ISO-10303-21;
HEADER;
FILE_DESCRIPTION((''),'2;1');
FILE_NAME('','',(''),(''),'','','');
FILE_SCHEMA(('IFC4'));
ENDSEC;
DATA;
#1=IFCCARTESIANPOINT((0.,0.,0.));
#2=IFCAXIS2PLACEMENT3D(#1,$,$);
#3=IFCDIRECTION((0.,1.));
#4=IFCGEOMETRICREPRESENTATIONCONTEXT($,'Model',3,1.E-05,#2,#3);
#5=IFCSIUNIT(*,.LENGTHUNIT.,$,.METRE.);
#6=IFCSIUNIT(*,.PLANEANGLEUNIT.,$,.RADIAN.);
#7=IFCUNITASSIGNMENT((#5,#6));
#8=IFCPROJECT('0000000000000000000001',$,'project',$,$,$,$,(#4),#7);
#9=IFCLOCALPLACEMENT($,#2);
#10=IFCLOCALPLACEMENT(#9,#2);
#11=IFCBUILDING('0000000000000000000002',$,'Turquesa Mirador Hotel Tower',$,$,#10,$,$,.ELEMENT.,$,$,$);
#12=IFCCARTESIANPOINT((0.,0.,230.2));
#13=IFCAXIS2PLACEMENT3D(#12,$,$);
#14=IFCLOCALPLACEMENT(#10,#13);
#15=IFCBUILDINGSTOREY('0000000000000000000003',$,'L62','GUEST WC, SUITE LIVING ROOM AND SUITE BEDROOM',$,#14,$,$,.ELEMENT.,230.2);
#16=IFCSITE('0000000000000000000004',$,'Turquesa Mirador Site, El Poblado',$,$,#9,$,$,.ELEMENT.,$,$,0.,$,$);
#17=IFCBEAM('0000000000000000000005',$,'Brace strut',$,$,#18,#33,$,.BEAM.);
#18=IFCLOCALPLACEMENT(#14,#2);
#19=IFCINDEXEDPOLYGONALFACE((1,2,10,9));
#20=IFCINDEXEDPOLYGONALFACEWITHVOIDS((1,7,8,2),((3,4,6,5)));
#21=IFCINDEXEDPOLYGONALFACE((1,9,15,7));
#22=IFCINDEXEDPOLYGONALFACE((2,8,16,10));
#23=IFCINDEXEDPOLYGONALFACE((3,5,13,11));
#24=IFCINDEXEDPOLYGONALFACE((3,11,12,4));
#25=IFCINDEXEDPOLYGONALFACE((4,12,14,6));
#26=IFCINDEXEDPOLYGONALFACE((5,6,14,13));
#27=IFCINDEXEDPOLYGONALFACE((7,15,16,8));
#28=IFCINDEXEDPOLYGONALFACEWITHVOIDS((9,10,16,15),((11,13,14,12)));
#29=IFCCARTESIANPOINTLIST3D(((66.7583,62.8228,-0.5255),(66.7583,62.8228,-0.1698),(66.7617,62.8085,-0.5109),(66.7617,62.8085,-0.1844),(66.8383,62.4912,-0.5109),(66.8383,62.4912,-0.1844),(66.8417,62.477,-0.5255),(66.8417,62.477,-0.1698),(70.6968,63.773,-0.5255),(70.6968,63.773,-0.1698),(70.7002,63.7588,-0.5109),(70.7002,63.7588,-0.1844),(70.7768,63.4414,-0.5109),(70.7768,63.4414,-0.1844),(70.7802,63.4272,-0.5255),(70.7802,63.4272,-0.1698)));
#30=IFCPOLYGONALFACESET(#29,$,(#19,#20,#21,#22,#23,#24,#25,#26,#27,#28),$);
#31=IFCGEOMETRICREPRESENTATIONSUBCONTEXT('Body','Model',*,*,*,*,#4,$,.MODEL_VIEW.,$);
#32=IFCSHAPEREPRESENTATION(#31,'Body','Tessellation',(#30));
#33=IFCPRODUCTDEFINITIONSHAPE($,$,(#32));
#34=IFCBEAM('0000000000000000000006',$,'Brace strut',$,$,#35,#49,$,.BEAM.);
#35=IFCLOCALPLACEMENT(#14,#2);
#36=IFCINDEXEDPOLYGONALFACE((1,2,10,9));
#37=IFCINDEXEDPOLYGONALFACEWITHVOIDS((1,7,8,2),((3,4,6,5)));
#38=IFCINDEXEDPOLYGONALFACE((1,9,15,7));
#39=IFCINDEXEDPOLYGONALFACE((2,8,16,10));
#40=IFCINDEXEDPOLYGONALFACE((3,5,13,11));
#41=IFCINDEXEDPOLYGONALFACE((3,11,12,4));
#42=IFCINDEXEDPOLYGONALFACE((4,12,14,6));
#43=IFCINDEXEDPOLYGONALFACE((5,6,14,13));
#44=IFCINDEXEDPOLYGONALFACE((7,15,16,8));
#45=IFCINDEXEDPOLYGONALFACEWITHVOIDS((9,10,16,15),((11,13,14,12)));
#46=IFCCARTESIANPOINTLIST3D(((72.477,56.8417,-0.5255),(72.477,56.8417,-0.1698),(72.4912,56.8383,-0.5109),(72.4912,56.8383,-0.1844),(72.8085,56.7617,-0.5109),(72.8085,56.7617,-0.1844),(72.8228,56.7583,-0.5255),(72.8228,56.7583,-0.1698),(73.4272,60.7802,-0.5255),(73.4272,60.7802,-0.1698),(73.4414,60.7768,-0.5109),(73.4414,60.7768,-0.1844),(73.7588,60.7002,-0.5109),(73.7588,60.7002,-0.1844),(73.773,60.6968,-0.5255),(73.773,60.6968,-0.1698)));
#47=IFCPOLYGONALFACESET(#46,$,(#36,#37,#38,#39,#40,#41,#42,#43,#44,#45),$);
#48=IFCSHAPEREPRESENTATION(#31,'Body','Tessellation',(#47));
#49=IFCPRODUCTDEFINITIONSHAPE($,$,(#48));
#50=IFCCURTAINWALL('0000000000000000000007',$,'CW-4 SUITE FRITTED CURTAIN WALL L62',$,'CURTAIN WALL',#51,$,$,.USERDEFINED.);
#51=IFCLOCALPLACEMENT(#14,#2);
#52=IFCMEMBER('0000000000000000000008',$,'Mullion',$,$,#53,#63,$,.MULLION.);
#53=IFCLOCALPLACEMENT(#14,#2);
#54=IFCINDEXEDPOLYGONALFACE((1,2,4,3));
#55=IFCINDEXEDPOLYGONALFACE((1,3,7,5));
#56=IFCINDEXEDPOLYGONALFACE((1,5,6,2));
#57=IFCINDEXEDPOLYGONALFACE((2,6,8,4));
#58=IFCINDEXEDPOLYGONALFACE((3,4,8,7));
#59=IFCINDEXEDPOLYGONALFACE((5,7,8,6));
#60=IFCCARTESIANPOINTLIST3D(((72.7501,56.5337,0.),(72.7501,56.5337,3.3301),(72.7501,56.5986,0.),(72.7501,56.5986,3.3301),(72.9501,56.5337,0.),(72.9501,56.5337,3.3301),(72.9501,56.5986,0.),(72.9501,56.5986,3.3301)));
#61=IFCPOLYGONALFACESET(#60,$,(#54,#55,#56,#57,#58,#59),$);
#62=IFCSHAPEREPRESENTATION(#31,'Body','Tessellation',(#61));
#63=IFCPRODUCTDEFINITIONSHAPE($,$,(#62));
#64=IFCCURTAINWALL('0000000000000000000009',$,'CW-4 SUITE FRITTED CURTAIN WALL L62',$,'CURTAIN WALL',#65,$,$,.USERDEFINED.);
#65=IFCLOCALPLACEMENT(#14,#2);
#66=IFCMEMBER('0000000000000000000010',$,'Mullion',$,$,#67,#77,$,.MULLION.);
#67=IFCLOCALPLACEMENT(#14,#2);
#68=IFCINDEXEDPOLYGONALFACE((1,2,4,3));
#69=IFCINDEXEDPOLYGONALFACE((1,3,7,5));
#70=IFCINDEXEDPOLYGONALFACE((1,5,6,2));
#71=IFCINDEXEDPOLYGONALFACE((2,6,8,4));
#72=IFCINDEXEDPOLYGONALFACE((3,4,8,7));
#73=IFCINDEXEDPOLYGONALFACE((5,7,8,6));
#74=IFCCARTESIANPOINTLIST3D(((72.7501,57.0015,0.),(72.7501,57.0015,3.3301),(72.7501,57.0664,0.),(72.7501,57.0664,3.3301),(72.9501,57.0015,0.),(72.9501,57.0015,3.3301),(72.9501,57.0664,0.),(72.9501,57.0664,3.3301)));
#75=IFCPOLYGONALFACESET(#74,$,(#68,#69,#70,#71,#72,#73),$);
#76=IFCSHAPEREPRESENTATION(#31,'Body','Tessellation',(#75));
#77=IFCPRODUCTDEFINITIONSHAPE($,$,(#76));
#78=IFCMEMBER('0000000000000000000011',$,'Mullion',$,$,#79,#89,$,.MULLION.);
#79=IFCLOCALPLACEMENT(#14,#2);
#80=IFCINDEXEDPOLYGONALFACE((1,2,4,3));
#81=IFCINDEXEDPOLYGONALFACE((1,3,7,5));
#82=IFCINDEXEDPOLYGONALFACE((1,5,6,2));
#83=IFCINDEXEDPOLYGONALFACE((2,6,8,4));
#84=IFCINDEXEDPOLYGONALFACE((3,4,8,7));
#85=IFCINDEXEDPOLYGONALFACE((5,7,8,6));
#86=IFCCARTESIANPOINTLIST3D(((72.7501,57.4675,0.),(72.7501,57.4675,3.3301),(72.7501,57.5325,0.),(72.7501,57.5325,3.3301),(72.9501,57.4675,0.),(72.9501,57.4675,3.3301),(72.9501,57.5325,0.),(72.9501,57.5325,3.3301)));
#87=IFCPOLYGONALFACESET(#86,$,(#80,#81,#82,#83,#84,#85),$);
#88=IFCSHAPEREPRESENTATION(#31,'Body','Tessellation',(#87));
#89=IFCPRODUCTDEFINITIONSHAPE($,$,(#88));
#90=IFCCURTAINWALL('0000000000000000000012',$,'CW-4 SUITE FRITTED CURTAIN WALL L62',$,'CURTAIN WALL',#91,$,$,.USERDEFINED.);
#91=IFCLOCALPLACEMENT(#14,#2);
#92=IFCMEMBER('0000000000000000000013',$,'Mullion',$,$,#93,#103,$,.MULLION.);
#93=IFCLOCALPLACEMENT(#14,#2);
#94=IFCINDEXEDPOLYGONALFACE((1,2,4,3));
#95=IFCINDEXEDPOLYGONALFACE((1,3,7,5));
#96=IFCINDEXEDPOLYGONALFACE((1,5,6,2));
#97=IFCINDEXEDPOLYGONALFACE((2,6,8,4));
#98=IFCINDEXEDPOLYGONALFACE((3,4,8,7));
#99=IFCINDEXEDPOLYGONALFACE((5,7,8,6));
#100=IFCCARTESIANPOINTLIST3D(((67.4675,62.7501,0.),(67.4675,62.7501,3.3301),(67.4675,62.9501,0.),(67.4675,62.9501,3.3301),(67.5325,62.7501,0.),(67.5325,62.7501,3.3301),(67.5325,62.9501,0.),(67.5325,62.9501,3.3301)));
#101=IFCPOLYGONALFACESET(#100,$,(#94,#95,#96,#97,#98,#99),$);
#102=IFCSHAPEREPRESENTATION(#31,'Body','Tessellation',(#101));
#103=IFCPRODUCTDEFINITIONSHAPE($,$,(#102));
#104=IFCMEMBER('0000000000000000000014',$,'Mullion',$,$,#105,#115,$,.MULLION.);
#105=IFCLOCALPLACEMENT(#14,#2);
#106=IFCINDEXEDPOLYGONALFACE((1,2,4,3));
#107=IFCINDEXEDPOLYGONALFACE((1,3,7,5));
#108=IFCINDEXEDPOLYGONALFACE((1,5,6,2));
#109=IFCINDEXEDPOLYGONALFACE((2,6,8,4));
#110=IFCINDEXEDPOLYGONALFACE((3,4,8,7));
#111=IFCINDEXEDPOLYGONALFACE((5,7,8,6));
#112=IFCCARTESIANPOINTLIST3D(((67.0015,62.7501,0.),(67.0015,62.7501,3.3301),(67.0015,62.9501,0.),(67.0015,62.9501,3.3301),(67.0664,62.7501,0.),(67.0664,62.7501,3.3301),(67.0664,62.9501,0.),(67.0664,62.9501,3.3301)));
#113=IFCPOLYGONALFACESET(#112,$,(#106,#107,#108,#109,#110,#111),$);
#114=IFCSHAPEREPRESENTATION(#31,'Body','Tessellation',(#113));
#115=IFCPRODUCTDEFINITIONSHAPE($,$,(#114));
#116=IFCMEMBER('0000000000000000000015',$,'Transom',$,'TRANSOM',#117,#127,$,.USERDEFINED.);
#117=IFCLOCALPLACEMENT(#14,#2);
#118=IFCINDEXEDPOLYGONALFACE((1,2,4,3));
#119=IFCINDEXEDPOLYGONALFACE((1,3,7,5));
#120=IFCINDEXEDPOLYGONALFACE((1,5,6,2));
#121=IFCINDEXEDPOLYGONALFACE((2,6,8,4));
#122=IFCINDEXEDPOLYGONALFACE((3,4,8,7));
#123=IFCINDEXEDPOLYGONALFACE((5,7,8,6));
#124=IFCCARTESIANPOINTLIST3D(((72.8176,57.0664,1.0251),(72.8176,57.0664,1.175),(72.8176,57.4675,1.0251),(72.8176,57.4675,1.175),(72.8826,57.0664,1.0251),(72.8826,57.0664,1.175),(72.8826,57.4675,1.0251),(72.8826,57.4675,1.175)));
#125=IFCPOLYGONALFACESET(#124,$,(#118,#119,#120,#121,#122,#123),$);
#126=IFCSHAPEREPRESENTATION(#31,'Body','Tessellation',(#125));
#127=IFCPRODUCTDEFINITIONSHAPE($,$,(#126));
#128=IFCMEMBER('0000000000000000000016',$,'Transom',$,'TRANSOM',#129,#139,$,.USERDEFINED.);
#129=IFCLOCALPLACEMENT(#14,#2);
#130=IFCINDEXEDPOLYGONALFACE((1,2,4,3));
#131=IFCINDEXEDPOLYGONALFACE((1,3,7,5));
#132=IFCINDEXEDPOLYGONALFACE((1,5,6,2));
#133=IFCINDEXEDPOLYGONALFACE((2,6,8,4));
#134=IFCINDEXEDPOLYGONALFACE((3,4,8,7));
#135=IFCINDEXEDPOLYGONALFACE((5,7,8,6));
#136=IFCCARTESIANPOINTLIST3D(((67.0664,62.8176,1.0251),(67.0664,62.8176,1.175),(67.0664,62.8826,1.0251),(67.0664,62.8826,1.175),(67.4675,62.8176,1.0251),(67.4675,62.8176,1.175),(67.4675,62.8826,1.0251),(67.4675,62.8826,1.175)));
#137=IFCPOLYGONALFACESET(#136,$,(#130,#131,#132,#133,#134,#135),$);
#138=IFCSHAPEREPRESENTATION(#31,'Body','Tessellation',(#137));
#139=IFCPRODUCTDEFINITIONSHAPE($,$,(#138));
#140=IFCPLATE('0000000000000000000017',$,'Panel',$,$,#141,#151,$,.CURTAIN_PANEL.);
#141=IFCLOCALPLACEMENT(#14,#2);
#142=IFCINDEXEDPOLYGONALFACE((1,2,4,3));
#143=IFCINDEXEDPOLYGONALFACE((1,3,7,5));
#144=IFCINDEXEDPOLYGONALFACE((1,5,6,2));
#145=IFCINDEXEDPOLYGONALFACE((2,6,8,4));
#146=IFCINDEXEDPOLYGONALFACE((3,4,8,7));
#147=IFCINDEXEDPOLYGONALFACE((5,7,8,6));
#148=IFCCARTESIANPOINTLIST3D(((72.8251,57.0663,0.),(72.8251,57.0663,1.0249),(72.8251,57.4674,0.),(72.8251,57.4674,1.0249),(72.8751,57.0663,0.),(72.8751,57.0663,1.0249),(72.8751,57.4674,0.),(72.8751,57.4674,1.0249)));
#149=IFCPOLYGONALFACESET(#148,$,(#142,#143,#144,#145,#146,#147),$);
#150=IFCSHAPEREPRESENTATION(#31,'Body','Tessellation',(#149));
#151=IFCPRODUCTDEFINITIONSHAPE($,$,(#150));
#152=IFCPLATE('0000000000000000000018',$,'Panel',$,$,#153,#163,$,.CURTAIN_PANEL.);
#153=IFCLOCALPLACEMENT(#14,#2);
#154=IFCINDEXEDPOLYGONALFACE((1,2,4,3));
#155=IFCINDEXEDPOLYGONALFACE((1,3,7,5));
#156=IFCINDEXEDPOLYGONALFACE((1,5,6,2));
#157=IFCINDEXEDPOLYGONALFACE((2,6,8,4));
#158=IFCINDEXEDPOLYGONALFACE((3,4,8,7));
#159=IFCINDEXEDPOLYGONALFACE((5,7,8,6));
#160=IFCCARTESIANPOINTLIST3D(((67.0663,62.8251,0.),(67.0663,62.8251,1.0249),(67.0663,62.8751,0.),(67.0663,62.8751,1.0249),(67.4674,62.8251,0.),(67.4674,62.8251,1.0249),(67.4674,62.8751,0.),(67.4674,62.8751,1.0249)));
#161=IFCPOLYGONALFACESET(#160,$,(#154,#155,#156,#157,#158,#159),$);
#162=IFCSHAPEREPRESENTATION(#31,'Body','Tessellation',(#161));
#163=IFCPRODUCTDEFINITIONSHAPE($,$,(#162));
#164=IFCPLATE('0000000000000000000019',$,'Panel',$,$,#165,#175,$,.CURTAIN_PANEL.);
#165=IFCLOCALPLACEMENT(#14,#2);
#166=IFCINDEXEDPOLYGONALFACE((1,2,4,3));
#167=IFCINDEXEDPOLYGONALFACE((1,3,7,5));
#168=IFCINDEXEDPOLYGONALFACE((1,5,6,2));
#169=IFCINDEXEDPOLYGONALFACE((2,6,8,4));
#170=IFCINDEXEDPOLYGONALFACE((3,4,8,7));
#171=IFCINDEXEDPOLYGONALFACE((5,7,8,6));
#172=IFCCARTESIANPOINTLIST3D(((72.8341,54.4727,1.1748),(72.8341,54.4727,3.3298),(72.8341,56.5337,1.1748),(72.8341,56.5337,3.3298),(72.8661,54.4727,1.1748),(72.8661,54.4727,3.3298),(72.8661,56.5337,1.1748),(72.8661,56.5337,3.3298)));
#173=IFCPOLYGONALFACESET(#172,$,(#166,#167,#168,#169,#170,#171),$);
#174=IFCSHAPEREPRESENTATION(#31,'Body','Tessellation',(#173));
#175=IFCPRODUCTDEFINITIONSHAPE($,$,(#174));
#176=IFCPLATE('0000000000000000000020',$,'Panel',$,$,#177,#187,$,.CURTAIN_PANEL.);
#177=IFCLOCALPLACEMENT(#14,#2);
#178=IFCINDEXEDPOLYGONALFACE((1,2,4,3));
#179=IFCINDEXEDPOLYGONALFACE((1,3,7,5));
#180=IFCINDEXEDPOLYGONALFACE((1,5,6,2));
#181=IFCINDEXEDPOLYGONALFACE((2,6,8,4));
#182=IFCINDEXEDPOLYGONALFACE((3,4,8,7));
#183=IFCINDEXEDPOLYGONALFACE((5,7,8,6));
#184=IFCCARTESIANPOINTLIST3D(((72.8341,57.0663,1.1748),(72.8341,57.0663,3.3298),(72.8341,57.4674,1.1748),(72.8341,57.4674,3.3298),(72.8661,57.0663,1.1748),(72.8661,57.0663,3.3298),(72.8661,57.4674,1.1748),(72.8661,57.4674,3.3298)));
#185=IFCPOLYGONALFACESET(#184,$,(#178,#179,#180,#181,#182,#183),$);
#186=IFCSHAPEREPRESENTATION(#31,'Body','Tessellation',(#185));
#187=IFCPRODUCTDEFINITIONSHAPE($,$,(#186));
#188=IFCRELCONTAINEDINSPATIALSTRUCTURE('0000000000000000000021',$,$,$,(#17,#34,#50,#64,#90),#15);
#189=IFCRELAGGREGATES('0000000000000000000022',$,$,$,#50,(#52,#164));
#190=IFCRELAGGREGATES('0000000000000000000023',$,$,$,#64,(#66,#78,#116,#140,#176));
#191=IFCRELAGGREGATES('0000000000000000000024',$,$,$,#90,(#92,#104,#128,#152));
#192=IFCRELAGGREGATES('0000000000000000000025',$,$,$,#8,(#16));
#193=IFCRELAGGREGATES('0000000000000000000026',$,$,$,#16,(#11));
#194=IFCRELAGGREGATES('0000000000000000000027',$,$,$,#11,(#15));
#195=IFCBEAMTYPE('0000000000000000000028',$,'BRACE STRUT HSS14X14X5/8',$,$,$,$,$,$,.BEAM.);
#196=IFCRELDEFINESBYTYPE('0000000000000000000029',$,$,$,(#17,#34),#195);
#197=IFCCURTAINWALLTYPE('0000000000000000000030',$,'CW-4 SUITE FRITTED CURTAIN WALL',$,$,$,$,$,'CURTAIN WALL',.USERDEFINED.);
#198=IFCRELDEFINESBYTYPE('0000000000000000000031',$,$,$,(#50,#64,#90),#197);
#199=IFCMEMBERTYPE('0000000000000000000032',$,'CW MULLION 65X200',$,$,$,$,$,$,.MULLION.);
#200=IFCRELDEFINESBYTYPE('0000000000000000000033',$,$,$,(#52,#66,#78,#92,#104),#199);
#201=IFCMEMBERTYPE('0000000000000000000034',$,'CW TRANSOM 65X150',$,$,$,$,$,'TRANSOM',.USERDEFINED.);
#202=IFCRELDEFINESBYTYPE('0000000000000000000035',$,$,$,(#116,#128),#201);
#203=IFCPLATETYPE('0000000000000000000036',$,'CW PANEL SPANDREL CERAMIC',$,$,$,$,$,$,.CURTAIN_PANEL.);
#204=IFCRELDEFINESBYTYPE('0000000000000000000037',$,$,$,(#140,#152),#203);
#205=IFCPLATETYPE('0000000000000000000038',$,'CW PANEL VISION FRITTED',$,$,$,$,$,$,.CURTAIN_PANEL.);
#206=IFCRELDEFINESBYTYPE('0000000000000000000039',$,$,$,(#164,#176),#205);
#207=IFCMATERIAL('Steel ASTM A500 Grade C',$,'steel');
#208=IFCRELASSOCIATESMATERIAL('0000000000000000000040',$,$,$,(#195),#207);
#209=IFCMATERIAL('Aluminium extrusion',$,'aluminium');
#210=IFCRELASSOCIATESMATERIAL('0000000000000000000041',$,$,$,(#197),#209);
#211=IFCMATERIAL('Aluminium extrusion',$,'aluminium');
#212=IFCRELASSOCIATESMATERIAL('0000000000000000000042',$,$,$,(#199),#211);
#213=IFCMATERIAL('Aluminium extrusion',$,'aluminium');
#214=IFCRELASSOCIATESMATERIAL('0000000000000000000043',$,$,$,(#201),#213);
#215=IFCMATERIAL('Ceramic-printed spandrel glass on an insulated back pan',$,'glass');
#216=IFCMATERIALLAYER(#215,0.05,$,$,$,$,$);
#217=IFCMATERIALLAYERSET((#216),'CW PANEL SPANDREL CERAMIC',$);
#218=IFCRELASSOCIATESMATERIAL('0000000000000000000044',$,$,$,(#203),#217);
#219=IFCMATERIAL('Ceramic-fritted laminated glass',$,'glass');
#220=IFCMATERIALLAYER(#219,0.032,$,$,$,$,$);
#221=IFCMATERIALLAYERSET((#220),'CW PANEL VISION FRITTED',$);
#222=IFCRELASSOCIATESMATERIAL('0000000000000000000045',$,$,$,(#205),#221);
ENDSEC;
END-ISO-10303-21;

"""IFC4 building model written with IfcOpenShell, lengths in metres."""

from ifc_helpers import new_model, si_unit, direction, frame, origin, origin_2d, place, context, subcontext, project, spatial, rectangle, hollow_rectangle, extrude, material, layer, layer_set, material_profile, profile_set, type_object, element, aggregate, save


model = new_model("IFC4")

# Units and contexts
model_context = context("Model", 3, precision=1e-05, world=origin(), true_north=direction((0.0, 1.0)))
body_context = subcontext(model_context, "Body", "Model", "MODEL_VIEW")
ifc_project = project(units=[si_unit("LENGTHUNIT", "METRE"), si_unit("PLANEANGLEUNIT", "RADIAN")], contexts=[model_context])

# Site, building, storey
site_placement = place(None, origin())
site = spatial("IfcSite", under=ifc_project, at=site_placement, Name="Turquesa Mirador Site, El Poblado", CompositionType="ELEMENT", RefElevation=0.0)
building_placement = place(site_placement, origin())
building = spatial("IfcBuilding", under=site, at=building_placement, Name="Turquesa Mirador Hotel Tower", CompositionType="ELEMENT")
storey_placement = place(building_placement, frame((0.0, 0.0, 230.2)))
storey = spatial("IfcBuildingStorey", under=building, at=storey_placement, Name="L62", Description="GUEST WC, SUITE LIVING ROOM AND SUITE BEDROOM", CompositionType="ELEMENT", Elevation=230.2)

# Beams
ifc_material_1 = material(Name="Steel ASTM A500 Grade C", Category="steel")
ifc_material_profile_1 = material_profile(ifc_material_1, hollow_rectangle(XDim=0.3557, YDim=0.3557, WallThickness=0.0146, at=origin_2d()), Name="HSS14X14X5/8")
ifc_profile_set_1 = profile_set([ifc_material_profile_1], Name="Steel ASTM A500 Grade C")
beam_type_1 = type_object("IfcBeamType", Name="BRACE STRUT HSS14X14X5/8", PredefinedType="BEAM", material=ifc_profile_set_1)
for number, where, z_axis, x_axis, name in (
    (1, (70.7385, 63.6001, -0.3477), (-0.972109, -0.234531, 0.0), (0.234531, -0.972109, 0.0), "Brace strut"),
    (2, (73.6001, 60.7385, -0.3477), (-0.234531, -0.972109, 0.0), (0.972109, -0.234531, 0.0), "Brace strut"),
):
    element("IfcBeam", number, at=place(storey_placement, frame(where, z_axis=z_axis, x_axis=x_axis)), inside=storey, type_object=beam_type_1, Name=name, PredefinedType="BEAM", context=body_context, shape_type="SweptSolid", body=[
        extrude(hollow_rectangle(XDim=0.3557, YDim=0.3557, WallThickness=0.0146, at=origin_2d()), origin(), (0.0, 0.0, 1.0), 4.0515),
    ])

# Curtain wall, member
ifc_material_2 = material(Name="Aluminium extrusion", Category="aluminium")
curtain_wall_type = type_object("IfcCurtainWallType", Name="CW-4 SUITE FRITTED CURTAIN WALL", ElementType="CURTAIN WALL", PredefinedType="USERDEFINED", material=ifc_material_2)
curtain_wall_1_placement = place(storey_placement, origin())
curtain_wall_1 = element("IfcCurtainWall", 3, at=curtain_wall_1_placement, inside=storey, type_object=curtain_wall_type, Name="CW-4 SUITE FRITTED CURTAIN WALL L62", ObjectType="CURTAIN WALL", PredefinedType="USERDEFINED")
ifc_material_3 = material(Name="Aluminium extrusion", Category="aluminium")
ifc_material_profile_2 = material_profile(ifc_material_3, rectangle(XDim=0.0649, YDim=0.2, at=origin_2d()), Name="MULLION 65X200")
ifc_profile_set_2 = profile_set([ifc_material_profile_2], Name="Aluminium extrusion")
member_type_1 = type_object("IfcMemberType", Name="CW MULLION 65X200", PredefinedType="MULLION", material=ifc_profile_set_2)
member_1_placement = place(storey_placement, frame((72.8501, 56.5662, 0.0), z_axis=(0.0, 0.0, 1.0), x_axis=(0.0, 1.0, 0.0)))
member_1 = element("IfcMember", 4, at=member_1_placement, type_object=member_type_1, Name="Mullion", PredefinedType="MULLION", context=body_context, shape_type="SweptSolid", body=[
    extrude(rectangle(XDim=0.0649, YDim=0.2, at=origin_2d()), origin(), (0.0, 0.0, 1.0), 3.3301),
])

# Curtain walls, members
curtain_wall_2_placement = place(storey_placement, origin())
curtain_wall_2 = element("IfcCurtainWall", 5, at=curtain_wall_2_placement, inside=storey, type_object=curtain_wall_type, Name="CW-4 SUITE FRITTED CURTAIN WALL L62", ObjectType="CURTAIN WALL", PredefinedType="USERDEFINED")
member_2_placement = place(storey_placement, frame((72.8501, 57.0339, 0.0), z_axis=(0.0, 0.0, 1.0), x_axis=(0.0, 1.0, 0.0)))
member_2 = element("IfcMember", 6, at=member_2_placement, type_object=member_type_1, Name="Mullion", PredefinedType="MULLION", context=body_context, shape_type="SweptSolid", body=[
    extrude(rectangle(XDim=0.0649, YDim=0.2, at=origin_2d()), origin(), (0.0, 0.0, 1.0), 3.3301),
])
member_3_placement = place(storey_placement, frame((72.8501, 57.5, 0.0), z_axis=(0.0, 0.0, 1.0), x_axis=(0.0, 1.0, 0.0)))
member_3 = element("IfcMember", 7, at=member_3_placement, type_object=member_type_1, Name="Mullion", PredefinedType="MULLION", context=body_context, shape_type="SweptSolid", body=[
    extrude(rectangle(XDim=0.0649, YDim=0.2, at=origin_2d()), origin(), (0.0, 0.0, 1.0), 3.3301),
])
curtain_wall_3_placement = place(storey_placement, origin())
curtain_wall_3 = element("IfcCurtainWall", 8, at=curtain_wall_3_placement, inside=storey, type_object=curtain_wall_type, Name="CW-4 SUITE FRITTED CURTAIN WALL L62", ObjectType="CURTAIN WALL", PredefinedType="USERDEFINED")
member_4_placement = place(storey_placement, frame((67.5, 62.8501, 0.0), z_axis=(0.0, 0.0, 1.0), x_axis=(-1.0, 0.0, 0.0)))
member_4 = element("IfcMember", 9, at=member_4_placement, type_object=member_type_1, Name="Mullion", PredefinedType="MULLION", context=body_context, shape_type="SweptSolid", body=[
    extrude(rectangle(XDim=0.0649, YDim=0.2, at=origin_2d()), origin(), (0.0, 0.0, 1.0), 3.3301),
])
member_5_placement = place(storey_placement, frame((67.0339, 62.8501, 0.0), z_axis=(0.0, 0.0, 1.0), x_axis=(-1.0, 0.0, 0.0)))
member_5 = element("IfcMember", 10, at=member_5_placement, type_object=member_type_1, Name="Mullion", PredefinedType="MULLION", context=body_context, shape_type="SweptSolid", body=[
    extrude(rectangle(XDim=0.0649, YDim=0.2, at=origin_2d()), origin(), (0.0, 0.0, 1.0), 3.3301),
])

# Members
ifc_material_4 = material(Name="Aluminium extrusion", Category="aluminium")
ifc_material_profile_3 = material_profile(ifc_material_4, rectangle(XDim=0.0649, YDim=0.1499, at=origin_2d()), Name="TRANSOM 65X150")
ifc_profile_set_3 = profile_set([ifc_material_profile_3], Name="Aluminium extrusion")
member_type_2 = type_object("IfcMemberType", Name="CW TRANSOM 65X150", ElementType="TRANSOM", PredefinedType="USERDEFINED", material=ifc_profile_set_3)
member_6_placement = place(storey_placement, frame((72.8501, 57.0664, 1.1001), z_axis=(0.0, 1.0, 0.0), x_axis=(-1.0, 0.0, 0.0)))
member_6 = element("IfcMember", 11, at=member_6_placement, type_object=member_type_2, Name="Transom", ObjectType="TRANSOM", PredefinedType="USERDEFINED", context=body_context, shape_type="SweptSolid", body=[
    extrude(rectangle(XDim=0.0649, YDim=0.1499, at=origin_2d()), origin(), (0.0, 0.0, 1.0), 0.4011),
])
member_7_placement = place(storey_placement, frame((67.4675, 62.8501, 1.1001), z_axis=(-1.0, 0.0, 0.0), x_axis=(0.0, -1.0, 0.0)))
member_7 = element("IfcMember", 12, at=member_7_placement, type_object=member_type_2, Name="Transom", ObjectType="TRANSOM", PredefinedType="USERDEFINED", context=body_context, shape_type="SweptSolid", body=[
    extrude(rectangle(XDim=0.0649, YDim=0.1499, at=origin_2d()), origin(), (0.0, 0.0, 1.0), 0.4011),
])

# Plates
ifc_material_5 = material(Name="Ceramic-printed spandrel glass on an insulated back pan", Category="glass")
ifc_layer_1 = layer(ifc_material_5, 0.05)
ifc_layer_set_1 = layer_set([ifc_layer_1], Name="CW PANEL SPANDREL CERAMIC")
plate_type_1 = type_object("IfcPlateType", Name="CW PANEL SPANDREL CERAMIC", PredefinedType="CURTAIN_PANEL", material=ifc_layer_set_1)
plate_1_placement = place(storey_placement, frame((72.8501, 57.2668, 0.0), z_axis=(0.0, 0.0, 1.0), x_axis=(0.0, 1.0, 0.0)))
plate_1 = element("IfcPlate", 13, at=plate_1_placement, type_object=plate_type_1, Name="Panel", PredefinedType="CURTAIN_PANEL", context=body_context, shape_type="SweptSolid", body=[
    extrude(rectangle(XDim=0.4011, YDim=0.05, at=origin_2d()), origin(), (0.0, 0.0, 1.0), 1.0249),
])
plate_2_placement = place(storey_placement, frame((67.2668, 62.8501, 0.0), z_axis=(0.0, 0.0, 1.0), x_axis=(-1.0, 0.0, 0.0)))
plate_2 = element("IfcPlate", 14, at=plate_2_placement, type_object=plate_type_1, Name="Panel", PredefinedType="CURTAIN_PANEL", context=body_context, shape_type="SweptSolid", body=[
    extrude(rectangle(XDim=0.4011, YDim=0.05, at=origin_2d()), origin(), (0.0, 0.0, 1.0), 1.0249),
])
ifc_material_6 = material(Name="Ceramic-fritted laminated glass", Category="glass")
ifc_layer_2 = layer(ifc_material_6, 0.032)
ifc_layer_set_2 = layer_set([ifc_layer_2], Name="CW PANEL VISION FRITTED")
plate_type_2 = type_object("IfcPlateType", Name="CW PANEL VISION FRITTED", PredefinedType="CURTAIN_PANEL", material=ifc_layer_set_2)
plate_3_placement = place(storey_placement, frame((72.8501, 55.5032, 1.1748), z_axis=(0.0, 0.0, 1.0), x_axis=(0.0, 1.0, 0.0)))
plate_3 = element("IfcPlate", 15, at=plate_3_placement, type_object=plate_type_2, Name="Panel", PredefinedType="CURTAIN_PANEL", context=body_context, shape_type="SweptSolid", body=[
    extrude(rectangle(XDim=2.061, YDim=0.032, at=origin_2d()), origin(), (0.0, 0.0, 1.0), 2.155),
])
aggregate(curtain_wall_1, [member_1, plate_3])
plate_4_placement = place(storey_placement, frame((72.8501, 57.2668, 1.1748), z_axis=(0.0, 0.0, 1.0), x_axis=(0.0, 1.0, 0.0)))
plate_4 = element("IfcPlate", 16, at=plate_4_placement, type_object=plate_type_2, Name="Panel", PredefinedType="CURTAIN_PANEL", context=body_context, shape_type="SweptSolid", body=[
    extrude(rectangle(XDim=0.4011, YDim=0.032, at=origin_2d()), origin(), (0.0, 0.0, 1.0), 2.155),
])
aggregate(curtain_wall_2, [member_2, member_3, member_6, plate_1, plate_4])
aggregate(curtain_wall_3, [member_4, member_5, member_7, plate_2])

save(model, "model.ifc")
